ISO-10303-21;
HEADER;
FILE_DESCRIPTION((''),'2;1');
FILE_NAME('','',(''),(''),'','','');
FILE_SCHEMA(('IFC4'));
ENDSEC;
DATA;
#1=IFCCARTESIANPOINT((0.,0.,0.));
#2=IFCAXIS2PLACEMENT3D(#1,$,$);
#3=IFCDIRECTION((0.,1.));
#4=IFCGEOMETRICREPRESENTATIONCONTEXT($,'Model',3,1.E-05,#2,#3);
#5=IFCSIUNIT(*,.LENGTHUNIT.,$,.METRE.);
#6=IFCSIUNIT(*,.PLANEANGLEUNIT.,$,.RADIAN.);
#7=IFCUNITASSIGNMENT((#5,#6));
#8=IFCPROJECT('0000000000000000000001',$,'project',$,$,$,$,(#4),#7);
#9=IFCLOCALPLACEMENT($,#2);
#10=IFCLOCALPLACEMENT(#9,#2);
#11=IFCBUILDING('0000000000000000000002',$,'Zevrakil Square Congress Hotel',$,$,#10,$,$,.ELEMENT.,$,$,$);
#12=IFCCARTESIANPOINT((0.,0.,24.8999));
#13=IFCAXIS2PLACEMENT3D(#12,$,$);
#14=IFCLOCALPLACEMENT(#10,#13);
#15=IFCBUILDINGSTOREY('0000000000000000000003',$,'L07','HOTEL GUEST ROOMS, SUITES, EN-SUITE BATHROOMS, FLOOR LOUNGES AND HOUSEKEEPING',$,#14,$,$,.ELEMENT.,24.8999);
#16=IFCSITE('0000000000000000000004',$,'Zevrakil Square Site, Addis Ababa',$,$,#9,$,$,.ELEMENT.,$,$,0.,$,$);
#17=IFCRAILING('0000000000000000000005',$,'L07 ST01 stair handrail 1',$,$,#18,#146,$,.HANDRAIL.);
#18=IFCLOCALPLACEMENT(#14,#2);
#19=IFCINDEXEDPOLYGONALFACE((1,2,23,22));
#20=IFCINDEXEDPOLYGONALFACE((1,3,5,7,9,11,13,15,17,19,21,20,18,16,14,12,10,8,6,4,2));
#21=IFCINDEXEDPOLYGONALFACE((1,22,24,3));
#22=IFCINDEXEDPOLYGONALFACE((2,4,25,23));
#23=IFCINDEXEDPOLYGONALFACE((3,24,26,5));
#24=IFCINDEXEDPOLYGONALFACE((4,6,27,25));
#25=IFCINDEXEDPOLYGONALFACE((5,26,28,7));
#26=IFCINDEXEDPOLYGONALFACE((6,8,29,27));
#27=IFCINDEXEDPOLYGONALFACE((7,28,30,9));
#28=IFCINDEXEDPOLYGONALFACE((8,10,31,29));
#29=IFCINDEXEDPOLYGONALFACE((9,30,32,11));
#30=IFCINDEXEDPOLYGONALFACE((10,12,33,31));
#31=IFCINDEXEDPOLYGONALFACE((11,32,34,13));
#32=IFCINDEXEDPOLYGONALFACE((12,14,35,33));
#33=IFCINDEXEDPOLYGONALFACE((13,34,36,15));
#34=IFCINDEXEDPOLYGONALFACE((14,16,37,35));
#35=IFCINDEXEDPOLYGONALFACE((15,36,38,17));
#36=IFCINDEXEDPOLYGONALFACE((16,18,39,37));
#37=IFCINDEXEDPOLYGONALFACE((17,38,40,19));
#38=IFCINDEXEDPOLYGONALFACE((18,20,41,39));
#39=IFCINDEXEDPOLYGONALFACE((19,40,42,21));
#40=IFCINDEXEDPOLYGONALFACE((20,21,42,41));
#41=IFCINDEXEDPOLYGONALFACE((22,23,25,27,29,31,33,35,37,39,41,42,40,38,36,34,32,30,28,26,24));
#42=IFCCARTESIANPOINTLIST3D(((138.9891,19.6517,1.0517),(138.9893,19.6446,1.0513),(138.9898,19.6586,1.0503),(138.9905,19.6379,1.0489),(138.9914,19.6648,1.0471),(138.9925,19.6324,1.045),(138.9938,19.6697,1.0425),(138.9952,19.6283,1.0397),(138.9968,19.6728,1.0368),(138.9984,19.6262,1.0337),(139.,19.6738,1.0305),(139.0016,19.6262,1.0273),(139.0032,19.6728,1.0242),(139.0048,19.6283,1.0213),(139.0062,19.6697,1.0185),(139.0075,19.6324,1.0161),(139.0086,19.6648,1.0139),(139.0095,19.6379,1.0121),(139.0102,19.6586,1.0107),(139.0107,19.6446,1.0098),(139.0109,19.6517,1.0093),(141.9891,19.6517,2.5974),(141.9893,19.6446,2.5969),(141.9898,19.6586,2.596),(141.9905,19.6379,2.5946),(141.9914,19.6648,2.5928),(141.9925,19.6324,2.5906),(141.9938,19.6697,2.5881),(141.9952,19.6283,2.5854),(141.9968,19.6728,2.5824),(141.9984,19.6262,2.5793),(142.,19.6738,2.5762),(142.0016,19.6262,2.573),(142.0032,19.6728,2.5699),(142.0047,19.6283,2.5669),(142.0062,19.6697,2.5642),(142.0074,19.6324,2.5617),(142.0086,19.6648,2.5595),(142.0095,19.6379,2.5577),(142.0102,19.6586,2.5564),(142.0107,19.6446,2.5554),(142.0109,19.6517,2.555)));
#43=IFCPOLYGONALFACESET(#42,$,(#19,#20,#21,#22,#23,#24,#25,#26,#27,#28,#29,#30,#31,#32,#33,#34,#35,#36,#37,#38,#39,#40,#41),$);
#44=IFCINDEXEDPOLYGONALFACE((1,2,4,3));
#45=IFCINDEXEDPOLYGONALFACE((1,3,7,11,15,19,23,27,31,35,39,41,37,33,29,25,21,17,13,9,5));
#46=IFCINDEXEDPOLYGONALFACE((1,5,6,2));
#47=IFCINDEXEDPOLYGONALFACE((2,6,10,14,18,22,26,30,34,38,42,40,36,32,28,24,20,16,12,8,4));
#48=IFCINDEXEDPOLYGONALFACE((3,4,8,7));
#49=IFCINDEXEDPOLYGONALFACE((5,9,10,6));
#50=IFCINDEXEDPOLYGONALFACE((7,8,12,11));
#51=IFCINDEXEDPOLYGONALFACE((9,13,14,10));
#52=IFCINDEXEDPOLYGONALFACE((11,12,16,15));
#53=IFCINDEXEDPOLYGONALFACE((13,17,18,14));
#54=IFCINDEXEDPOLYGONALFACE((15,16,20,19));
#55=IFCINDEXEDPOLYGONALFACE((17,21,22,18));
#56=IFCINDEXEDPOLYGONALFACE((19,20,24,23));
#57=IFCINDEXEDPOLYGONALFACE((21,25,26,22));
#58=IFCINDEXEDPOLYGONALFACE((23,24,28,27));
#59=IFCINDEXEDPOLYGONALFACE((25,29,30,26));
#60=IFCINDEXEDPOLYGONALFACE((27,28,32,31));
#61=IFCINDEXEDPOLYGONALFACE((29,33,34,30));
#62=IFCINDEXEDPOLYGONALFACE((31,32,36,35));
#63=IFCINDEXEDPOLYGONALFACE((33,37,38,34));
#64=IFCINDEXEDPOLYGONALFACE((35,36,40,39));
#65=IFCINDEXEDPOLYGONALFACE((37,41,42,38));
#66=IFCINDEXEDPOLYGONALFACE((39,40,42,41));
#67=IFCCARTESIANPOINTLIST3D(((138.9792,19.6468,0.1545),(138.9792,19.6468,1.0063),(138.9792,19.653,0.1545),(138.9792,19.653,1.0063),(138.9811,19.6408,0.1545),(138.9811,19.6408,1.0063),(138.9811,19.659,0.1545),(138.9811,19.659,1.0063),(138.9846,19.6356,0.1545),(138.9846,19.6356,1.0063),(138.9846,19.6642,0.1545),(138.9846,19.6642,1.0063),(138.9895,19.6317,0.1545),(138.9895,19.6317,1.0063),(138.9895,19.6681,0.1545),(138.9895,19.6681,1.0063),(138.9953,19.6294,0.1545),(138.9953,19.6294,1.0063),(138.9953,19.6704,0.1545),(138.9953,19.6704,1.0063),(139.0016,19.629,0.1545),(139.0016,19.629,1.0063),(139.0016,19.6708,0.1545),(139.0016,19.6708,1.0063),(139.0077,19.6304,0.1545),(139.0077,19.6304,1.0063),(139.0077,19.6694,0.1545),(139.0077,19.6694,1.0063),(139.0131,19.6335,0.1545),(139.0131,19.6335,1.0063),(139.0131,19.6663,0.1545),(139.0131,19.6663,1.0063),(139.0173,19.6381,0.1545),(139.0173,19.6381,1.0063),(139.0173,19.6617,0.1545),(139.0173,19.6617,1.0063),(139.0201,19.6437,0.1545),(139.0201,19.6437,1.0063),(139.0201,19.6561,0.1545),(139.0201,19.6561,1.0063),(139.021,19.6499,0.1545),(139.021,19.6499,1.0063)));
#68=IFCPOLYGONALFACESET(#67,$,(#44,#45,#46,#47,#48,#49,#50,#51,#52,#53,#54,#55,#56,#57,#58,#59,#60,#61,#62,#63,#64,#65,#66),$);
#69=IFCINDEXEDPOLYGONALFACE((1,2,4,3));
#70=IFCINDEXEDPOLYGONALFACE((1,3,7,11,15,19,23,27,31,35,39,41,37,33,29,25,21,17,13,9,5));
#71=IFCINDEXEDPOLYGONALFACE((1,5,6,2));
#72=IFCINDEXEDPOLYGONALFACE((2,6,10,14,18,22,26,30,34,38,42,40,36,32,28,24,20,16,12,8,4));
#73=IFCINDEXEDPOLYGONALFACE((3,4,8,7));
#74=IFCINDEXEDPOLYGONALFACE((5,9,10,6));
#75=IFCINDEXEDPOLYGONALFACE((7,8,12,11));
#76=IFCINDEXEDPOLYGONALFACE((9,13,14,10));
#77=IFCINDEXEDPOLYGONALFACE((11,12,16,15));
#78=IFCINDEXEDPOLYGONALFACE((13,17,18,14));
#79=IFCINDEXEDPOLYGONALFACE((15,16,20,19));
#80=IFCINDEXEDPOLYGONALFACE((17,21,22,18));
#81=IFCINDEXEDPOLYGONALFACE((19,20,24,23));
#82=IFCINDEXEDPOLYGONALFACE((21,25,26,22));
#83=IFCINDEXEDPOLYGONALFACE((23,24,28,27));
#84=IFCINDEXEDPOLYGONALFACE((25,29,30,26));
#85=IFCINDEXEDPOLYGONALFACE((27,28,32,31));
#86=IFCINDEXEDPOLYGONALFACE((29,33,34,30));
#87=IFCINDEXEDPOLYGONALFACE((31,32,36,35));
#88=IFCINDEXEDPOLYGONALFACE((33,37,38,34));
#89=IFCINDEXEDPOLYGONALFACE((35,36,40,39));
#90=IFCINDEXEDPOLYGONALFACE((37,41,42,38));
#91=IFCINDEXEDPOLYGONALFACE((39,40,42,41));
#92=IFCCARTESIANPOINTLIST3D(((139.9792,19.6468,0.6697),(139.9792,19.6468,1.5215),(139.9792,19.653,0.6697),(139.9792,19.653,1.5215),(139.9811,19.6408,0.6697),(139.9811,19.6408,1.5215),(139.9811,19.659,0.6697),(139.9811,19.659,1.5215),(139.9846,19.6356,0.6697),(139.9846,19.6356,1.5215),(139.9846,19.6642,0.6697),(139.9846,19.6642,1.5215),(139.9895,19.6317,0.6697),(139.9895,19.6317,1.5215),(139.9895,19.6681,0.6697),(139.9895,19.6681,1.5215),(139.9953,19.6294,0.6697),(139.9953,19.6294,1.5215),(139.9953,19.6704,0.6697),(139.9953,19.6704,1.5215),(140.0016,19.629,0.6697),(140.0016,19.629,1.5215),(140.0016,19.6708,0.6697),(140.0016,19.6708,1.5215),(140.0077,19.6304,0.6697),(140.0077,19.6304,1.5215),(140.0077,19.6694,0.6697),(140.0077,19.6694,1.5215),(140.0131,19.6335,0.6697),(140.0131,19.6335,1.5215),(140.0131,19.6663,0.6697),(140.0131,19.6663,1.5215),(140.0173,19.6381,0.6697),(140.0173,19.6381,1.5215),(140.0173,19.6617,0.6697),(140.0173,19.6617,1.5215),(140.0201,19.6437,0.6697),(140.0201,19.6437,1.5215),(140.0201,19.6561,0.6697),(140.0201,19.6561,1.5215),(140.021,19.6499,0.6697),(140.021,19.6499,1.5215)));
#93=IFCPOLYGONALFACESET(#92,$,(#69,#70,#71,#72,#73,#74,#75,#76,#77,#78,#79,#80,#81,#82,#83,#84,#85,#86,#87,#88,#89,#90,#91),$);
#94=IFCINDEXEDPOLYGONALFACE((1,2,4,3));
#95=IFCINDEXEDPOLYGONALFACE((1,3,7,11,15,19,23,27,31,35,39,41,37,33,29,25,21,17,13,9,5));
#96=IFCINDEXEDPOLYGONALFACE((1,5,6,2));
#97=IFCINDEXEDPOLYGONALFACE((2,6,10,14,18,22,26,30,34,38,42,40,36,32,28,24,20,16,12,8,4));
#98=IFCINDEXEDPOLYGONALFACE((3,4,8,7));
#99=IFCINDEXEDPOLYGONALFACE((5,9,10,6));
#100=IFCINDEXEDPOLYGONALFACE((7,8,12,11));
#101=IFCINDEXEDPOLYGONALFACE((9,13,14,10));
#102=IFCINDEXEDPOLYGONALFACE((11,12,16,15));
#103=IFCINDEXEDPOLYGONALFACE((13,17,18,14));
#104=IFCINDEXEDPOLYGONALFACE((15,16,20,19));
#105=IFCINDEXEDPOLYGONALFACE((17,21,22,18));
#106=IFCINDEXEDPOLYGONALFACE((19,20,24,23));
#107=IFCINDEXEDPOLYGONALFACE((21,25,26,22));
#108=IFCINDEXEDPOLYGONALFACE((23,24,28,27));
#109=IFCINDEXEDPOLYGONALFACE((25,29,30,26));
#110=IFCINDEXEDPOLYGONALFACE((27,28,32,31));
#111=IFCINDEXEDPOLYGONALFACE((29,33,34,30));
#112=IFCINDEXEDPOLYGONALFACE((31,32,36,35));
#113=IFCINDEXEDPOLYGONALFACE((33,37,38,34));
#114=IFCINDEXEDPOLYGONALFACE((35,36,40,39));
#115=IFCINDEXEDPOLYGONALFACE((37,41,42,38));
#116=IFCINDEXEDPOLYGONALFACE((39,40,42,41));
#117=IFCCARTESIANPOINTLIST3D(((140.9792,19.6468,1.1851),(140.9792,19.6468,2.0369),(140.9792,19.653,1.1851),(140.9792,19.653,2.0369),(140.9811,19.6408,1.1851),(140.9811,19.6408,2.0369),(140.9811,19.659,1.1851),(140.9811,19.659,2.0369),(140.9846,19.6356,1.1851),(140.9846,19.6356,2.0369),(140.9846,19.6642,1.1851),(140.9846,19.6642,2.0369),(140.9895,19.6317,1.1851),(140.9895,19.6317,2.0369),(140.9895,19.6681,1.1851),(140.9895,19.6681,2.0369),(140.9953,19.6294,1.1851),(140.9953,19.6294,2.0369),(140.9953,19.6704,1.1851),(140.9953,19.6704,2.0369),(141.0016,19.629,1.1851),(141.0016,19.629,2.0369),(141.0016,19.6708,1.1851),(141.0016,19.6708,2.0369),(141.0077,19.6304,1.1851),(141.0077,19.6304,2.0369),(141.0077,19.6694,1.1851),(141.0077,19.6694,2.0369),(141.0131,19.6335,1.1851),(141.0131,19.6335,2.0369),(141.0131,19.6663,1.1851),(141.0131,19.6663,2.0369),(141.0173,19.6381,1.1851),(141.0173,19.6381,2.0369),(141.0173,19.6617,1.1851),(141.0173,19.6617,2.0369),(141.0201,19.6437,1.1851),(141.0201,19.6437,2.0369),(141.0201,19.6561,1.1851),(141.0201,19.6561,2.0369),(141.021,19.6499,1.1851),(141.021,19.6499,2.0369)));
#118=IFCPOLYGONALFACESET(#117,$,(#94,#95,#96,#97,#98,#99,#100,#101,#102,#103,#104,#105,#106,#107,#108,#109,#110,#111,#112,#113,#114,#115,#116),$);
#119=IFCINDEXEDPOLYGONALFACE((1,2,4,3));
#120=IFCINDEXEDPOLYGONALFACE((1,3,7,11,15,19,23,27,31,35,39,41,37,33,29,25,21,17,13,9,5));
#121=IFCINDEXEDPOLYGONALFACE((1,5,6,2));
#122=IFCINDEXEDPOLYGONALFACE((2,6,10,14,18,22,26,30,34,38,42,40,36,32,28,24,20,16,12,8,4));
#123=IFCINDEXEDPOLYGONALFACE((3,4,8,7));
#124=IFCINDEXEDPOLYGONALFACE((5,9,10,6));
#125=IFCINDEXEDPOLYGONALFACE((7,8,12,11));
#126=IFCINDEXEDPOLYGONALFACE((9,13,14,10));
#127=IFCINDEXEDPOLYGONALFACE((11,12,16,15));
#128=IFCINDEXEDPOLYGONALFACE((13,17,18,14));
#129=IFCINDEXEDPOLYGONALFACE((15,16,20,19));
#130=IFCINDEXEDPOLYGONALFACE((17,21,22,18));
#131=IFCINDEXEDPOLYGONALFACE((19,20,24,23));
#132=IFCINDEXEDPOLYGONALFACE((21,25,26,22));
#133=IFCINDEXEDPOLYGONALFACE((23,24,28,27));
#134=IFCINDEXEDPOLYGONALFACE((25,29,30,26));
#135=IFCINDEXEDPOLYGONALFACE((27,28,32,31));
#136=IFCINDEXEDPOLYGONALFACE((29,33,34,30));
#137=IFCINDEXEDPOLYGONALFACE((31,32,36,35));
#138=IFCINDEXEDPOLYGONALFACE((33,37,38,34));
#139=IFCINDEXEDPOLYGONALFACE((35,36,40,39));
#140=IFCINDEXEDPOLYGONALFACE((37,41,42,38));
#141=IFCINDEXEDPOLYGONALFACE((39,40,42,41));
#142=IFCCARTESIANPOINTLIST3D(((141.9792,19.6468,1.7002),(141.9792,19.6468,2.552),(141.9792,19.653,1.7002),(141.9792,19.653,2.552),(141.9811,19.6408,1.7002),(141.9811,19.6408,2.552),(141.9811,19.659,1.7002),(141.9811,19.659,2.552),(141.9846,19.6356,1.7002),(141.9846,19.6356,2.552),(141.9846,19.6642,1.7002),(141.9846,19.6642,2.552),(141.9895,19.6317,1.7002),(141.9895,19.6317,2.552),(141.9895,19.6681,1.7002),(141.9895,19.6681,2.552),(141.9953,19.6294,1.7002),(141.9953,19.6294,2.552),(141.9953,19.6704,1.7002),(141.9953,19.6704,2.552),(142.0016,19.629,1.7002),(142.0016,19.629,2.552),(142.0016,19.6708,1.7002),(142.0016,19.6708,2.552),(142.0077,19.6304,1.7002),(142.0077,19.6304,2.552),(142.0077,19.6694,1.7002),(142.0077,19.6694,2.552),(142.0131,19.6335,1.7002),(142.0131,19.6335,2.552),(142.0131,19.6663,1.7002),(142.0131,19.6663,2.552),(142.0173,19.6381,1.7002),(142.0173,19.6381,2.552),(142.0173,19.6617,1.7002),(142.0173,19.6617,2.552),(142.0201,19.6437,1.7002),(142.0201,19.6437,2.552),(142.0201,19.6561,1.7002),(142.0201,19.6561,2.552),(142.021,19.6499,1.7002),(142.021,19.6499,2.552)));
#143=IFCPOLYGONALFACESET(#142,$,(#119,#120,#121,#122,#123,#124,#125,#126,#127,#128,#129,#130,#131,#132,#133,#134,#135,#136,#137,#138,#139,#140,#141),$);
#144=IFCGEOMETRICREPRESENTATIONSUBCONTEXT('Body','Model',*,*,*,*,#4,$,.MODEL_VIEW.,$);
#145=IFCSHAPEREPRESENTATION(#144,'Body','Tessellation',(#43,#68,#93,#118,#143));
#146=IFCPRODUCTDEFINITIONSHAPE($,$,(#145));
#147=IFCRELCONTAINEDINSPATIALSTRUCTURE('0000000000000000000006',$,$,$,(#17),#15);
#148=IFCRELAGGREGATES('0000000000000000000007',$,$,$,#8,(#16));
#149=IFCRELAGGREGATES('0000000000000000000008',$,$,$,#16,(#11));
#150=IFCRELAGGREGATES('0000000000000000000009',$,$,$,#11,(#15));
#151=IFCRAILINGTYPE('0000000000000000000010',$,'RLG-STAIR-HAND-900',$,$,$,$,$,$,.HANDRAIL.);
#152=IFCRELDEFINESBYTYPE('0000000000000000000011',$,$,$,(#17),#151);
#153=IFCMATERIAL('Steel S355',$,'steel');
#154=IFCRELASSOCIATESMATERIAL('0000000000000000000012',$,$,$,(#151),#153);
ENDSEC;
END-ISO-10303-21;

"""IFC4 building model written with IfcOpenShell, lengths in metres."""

from ifc_helpers import new_model, si_unit, direction, frame, origin, origin_2d, place, context, subcontext, project, spatial, circle, extrude, material, type_object, element, save


model = new_model("IFC4")

# Units and contexts
model_context = context("Model", 3, precision=1e-05, world=origin(), true_north=direction((0.0, 1.0)))
body_context = subcontext(model_context, "Body", "Model", "MODEL_VIEW")
ifc_project = project(units=[si_unit("LENGTHUNIT", "METRE"), si_unit("PLANEANGLEUNIT", "RADIAN")], contexts=[model_context])

# Site, building, storey
site_placement = place(None, origin())
site = spatial("IfcSite", under=ifc_project, at=site_placement, Name="Zevrakil Square Site, Addis Ababa", CompositionType="ELEMENT", RefElevation=0.0)
building_placement = place(site_placement, origin())
building = spatial("IfcBuilding", under=site, at=building_placement, Name="Zevrakil Square Congress Hotel", CompositionType="ELEMENT")
storey_placement = place(building_placement, frame((0.0, 0.0, 24.8999)))
storey = spatial("IfcBuildingStorey", under=building, at=storey_placement, Name="L07", Description="HOTEL GUEST ROOMS, SUITES, EN-SUITE BATHROOMS, FLOOR LOUNGES AND HOUSEKEEPING", CompositionType="ELEMENT", Elevation=24.8999)

# Railing
ifc_material_1 = material(Name="Steel S355", Category="steel")
railing_type_1 = type_object("IfcRailingType", Name="RLG-STAIR-HAND-900", PredefinedType="HANDRAIL", material=ifc_material_1)
railing_1_placement = place(storey_placement, frame((139.0, 19.6499, 0.1545)))
element("IfcRailing", 1, at=railing_1_placement, inside=storey, type_object=railing_type_1, Name="L07 ST01 stair handrail 1", PredefinedType="HANDRAIL", context=body_context, shape_type="SweptSolid", body=[
    extrude(circle(Radius=0.0239, at=origin_2d()), frame((0.0, 0.0, 0.876), z_axis=(0.88895, 0.0, 0.458003), x_axis=(0.0, 1.0, 0.0)), (0.0, 0.0, 1.0), 3.3748),
    extrude(circle(Radius=0.021, at=origin_2d()), origin(), (0.0, 0.0, 1.0), 0.8518),
    extrude(circle(Radius=0.021, at=origin_2d()), frame((1.0, 0.0, 0.5151)), (0.0, 0.0, 1.0), 0.8518),
    extrude(circle(Radius=0.021, at=origin_2d()), frame((2.0, 0.0, 1.0305)), (0.0, 0.0, 1.0), 0.8518),
    extrude(circle(Radius=0.021, at=origin_2d()), frame((3.0, 0.0, 1.5457)), (0.0, 0.0, 1.0), 0.8518),
])

save(model, "model.ifc")
